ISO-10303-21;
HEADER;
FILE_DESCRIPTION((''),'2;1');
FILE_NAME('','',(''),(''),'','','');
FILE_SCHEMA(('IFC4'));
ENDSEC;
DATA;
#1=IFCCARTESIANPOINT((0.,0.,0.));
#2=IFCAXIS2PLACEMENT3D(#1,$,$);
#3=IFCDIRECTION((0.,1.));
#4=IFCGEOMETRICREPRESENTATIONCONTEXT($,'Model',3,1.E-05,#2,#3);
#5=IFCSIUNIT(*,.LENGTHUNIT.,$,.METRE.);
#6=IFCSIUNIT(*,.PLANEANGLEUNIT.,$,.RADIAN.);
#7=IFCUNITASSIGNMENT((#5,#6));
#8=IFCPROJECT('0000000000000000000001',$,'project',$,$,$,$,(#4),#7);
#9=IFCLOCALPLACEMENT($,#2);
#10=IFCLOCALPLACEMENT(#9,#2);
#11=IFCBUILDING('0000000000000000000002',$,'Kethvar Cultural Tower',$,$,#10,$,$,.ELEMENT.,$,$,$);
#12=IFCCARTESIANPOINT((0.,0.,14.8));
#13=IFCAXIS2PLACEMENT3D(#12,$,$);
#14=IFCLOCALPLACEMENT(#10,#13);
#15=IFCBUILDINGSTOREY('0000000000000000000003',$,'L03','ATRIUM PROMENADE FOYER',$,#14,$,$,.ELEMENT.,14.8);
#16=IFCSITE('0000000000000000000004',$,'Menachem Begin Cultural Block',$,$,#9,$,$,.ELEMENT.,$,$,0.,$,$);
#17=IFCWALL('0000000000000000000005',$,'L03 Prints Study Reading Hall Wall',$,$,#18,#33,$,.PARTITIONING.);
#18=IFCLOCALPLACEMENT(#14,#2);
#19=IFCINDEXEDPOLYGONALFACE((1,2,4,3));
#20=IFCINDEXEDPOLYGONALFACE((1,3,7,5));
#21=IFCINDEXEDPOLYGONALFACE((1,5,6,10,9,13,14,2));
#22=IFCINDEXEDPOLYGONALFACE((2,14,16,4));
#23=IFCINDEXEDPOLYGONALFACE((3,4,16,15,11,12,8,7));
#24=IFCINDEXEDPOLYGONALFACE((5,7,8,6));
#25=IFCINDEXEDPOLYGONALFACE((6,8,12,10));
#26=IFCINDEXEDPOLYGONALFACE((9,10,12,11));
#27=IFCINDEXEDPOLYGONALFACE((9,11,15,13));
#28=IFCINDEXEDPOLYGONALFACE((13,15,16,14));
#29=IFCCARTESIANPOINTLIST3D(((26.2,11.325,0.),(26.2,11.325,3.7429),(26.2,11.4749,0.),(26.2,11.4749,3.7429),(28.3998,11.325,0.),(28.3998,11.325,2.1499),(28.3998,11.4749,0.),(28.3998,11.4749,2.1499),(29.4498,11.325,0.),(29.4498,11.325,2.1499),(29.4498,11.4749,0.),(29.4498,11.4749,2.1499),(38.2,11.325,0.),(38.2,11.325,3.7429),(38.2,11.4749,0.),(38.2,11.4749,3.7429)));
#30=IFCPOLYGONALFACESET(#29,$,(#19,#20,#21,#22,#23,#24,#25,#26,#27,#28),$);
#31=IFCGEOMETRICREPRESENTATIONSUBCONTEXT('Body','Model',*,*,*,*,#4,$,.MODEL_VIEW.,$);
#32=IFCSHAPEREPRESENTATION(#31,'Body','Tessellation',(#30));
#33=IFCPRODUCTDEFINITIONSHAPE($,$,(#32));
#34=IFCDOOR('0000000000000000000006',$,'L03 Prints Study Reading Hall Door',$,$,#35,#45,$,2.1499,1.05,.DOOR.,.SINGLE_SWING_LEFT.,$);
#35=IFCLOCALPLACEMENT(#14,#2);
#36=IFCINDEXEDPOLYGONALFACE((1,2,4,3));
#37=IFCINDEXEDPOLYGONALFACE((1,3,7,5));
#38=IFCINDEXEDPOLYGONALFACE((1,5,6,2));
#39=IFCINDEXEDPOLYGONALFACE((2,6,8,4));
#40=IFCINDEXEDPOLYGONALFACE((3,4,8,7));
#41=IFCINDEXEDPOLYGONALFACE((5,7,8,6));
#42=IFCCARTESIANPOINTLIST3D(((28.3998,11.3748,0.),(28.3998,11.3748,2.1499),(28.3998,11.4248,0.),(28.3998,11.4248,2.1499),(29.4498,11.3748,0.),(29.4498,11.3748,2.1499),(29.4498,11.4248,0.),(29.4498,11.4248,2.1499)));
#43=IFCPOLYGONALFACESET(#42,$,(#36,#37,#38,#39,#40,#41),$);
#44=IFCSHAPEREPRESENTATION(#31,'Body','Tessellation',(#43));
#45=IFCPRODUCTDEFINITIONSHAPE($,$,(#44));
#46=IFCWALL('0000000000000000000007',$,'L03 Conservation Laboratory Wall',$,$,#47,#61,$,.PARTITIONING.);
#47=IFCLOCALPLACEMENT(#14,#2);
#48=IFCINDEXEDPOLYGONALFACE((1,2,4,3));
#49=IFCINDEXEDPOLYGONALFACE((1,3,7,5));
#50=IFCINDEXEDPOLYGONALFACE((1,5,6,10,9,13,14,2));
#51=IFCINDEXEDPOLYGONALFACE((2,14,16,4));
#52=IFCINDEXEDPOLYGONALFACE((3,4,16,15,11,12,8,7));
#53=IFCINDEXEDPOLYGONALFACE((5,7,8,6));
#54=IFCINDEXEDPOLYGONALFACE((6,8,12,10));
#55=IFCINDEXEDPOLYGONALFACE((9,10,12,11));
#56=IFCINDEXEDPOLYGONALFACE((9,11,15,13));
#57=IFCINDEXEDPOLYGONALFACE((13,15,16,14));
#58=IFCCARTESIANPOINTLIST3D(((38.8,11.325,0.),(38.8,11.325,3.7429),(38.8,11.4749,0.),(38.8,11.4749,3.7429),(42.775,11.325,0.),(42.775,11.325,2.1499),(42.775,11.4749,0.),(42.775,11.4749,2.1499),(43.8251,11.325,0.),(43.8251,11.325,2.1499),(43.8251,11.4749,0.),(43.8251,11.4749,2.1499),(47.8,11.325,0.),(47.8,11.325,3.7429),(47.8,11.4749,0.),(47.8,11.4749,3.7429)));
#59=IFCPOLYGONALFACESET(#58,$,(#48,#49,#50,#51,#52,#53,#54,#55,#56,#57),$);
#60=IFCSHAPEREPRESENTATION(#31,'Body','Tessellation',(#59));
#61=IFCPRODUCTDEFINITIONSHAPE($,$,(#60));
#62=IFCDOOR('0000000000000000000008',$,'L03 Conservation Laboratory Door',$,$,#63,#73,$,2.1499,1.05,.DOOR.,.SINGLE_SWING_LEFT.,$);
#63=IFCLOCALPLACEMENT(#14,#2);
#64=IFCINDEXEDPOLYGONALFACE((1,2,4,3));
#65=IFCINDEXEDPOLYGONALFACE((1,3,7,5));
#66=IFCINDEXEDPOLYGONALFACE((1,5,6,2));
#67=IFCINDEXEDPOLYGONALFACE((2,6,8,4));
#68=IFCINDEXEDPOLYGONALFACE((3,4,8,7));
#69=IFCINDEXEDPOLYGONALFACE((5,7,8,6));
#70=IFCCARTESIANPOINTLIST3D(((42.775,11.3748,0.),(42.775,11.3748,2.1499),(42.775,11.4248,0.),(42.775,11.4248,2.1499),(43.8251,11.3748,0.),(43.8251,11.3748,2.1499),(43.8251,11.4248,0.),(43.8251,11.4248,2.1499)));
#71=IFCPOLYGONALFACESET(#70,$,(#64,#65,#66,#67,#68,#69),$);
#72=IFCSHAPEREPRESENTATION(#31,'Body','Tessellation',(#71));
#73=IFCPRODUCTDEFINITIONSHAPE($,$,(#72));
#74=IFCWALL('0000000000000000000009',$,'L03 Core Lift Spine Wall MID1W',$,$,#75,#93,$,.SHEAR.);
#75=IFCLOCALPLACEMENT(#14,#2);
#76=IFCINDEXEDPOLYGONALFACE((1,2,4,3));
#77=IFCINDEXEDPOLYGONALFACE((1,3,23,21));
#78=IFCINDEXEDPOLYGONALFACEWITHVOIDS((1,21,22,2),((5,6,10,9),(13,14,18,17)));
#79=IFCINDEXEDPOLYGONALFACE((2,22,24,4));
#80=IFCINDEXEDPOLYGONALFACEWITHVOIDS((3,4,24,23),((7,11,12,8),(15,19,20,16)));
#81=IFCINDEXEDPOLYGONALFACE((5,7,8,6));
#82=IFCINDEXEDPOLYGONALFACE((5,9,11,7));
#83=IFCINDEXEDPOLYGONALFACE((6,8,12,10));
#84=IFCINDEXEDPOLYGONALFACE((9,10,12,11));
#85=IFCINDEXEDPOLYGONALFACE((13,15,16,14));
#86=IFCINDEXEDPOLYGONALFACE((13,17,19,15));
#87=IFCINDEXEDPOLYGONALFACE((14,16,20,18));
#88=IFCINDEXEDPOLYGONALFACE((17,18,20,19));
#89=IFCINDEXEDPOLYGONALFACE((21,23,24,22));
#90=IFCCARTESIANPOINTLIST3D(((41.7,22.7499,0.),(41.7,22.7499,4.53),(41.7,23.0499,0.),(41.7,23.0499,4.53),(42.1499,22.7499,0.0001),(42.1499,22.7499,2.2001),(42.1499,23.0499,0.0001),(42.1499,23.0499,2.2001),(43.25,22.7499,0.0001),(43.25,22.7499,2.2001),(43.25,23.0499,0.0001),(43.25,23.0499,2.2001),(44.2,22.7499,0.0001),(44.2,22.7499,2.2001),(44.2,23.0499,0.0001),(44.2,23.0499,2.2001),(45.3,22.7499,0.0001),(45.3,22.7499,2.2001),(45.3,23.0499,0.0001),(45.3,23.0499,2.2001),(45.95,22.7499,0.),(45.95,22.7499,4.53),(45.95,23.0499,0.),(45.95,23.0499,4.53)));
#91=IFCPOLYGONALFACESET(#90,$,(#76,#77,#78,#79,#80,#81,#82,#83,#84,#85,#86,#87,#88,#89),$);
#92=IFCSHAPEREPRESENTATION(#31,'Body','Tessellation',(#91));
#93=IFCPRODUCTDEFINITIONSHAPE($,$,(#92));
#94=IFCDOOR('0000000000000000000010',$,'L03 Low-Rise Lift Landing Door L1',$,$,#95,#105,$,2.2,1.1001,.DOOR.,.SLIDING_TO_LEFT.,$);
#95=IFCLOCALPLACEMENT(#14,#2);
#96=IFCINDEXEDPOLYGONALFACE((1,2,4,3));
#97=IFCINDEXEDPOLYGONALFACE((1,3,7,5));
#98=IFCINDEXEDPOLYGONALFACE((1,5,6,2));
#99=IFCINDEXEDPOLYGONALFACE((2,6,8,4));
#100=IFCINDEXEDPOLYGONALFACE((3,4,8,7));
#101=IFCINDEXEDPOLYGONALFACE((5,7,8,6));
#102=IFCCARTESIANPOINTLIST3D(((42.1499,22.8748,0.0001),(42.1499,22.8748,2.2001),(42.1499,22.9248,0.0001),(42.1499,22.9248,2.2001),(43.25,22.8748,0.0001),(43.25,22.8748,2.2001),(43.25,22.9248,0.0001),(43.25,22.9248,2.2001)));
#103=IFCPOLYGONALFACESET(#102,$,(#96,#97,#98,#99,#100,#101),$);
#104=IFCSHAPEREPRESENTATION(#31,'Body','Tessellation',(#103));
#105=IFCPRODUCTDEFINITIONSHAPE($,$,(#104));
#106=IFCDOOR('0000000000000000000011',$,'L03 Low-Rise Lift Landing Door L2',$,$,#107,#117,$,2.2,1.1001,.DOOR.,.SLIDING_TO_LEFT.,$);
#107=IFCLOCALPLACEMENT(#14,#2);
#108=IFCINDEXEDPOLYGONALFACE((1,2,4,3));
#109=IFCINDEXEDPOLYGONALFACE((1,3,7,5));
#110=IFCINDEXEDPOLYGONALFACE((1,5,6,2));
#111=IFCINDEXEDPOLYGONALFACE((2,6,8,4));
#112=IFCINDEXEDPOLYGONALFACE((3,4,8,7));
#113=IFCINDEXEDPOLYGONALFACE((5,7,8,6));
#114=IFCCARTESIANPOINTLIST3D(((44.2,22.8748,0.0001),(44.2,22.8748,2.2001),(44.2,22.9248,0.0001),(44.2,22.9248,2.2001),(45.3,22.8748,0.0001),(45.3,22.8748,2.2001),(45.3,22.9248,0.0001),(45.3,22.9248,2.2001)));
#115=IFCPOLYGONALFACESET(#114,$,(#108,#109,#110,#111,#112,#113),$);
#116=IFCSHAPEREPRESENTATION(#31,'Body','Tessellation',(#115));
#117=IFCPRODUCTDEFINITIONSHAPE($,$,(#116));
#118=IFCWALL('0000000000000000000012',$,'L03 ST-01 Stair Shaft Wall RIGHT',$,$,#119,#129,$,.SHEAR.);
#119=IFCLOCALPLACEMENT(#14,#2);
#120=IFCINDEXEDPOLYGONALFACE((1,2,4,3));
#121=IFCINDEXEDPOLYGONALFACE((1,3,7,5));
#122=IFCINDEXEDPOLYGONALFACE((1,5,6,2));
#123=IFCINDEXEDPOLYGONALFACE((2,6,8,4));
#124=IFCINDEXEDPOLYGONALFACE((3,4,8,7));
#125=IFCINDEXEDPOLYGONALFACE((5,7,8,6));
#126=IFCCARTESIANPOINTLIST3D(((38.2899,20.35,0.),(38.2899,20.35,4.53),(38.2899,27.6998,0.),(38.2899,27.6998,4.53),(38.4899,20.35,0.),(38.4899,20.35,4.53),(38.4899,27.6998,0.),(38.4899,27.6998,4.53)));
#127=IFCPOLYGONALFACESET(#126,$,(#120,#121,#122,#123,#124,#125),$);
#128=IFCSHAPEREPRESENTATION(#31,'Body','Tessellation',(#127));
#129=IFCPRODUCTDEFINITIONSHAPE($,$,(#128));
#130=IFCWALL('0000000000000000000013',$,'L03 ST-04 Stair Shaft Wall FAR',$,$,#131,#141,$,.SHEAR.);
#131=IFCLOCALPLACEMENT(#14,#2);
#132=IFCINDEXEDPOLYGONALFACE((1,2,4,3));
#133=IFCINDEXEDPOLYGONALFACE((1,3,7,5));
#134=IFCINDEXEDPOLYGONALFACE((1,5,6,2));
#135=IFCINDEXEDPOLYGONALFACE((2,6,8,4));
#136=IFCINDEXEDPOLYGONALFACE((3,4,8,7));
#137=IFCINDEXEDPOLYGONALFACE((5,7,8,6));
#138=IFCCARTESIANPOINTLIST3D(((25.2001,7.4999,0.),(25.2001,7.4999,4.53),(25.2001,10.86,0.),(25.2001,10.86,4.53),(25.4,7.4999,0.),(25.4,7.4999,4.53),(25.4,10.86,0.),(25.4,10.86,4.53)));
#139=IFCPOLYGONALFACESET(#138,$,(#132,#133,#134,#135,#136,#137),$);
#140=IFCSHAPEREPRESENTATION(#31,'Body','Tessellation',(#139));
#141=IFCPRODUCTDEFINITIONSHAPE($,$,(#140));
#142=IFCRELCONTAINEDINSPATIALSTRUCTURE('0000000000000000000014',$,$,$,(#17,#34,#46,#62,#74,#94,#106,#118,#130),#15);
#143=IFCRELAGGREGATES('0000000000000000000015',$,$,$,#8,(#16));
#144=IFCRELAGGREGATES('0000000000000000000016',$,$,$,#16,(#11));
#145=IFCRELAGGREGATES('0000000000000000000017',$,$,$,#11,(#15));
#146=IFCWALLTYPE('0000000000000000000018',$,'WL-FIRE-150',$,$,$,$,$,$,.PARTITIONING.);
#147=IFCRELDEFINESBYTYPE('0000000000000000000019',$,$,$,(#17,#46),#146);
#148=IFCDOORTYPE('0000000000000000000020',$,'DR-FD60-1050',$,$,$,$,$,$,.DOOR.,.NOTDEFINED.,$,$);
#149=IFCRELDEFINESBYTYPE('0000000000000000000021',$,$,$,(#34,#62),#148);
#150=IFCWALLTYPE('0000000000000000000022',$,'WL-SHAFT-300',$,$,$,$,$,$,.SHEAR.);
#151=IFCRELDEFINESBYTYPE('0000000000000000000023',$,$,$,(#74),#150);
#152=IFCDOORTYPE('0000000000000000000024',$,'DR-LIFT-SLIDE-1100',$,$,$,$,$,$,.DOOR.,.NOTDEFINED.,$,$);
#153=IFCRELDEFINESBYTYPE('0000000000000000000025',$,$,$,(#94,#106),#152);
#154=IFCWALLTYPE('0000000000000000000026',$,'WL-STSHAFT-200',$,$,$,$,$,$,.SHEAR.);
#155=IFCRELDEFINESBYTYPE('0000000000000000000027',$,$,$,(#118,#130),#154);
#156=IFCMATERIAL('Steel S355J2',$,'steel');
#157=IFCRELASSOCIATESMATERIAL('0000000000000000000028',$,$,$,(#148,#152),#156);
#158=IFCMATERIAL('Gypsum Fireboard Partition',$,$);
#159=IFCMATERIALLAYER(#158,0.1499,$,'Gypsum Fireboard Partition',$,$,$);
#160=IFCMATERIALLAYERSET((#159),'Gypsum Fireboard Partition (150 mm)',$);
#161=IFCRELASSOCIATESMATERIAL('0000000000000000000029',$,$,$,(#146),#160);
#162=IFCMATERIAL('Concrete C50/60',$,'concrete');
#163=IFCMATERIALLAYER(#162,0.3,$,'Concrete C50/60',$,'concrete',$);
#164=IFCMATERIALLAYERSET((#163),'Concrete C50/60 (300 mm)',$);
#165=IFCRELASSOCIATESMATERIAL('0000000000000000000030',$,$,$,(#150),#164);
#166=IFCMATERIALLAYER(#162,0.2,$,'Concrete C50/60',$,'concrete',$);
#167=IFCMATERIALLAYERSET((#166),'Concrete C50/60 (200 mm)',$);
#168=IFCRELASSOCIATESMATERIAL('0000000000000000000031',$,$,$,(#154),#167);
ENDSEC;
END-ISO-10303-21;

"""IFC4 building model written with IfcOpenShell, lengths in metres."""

from ifc_helpers import new_model, si_unit, direction, frame, frame_2d, origin, place, context, subcontext, project, spatial, rectangle, extrude, source, transform, mapped, material, layer, layer_set, type_object, element, fill, save


model = new_model("IFC4")

# Units and contexts
model_context = context("Model", 3, precision=1e-05, world=origin(), true_north=direction((0.0, 1.0)))
body_context = subcontext(model_context, "Body", "Model", "MODEL_VIEW")
ifc_project = project(units=[si_unit("LENGTHUNIT", "METRE"), si_unit("PLANEANGLEUNIT", "RADIAN")], contexts=[model_context])

# Site, building, storey
site_placement = place(None, origin())
site = spatial("IfcSite", under=ifc_project, at=site_placement, Name="Menachem Begin Cultural Block", CompositionType="ELEMENT", RefElevation=0.0)
building_placement = place(site_placement, origin())
building = spatial("IfcBuilding", under=site, at=building_placement, Name="Kethvar Cultural Tower", CompositionType="ELEMENT")
storey_placement = place(building_placement, frame((0.0, 0.0, 14.8)))
storey = spatial("IfcBuildingStorey", under=building, at=storey_placement, Name="L03", Description="ATRIUM PROMENADE FOYER", CompositionType="ELEMENT", Elevation=14.8)

# Shared definitions
ifc_material_1 = material(Name="Steel S355J2", Category="steel")

# Shared definitions
door_type_1 = type_object("IfcDoorType", Name="DR-FD60-1050", OperationType="NOTDEFINED", PredefinedType="DOOR", material=ifc_material_1)
shared_shape_1 = source(origin(), body_context, "Body", "SweptSolid", [
    extrude(rectangle(XDim=1.05, YDim=2.1499, at=frame_2d((0.5249, 1.075))), frame((0.0, 0.0249, 0.0), z_axis=(0.0, -1.0, 0.0), x_axis=(1.0, 0.0, 0.0)), (0.0, 0.0, 1.0), 0.05),
])

# Walls, openings, doors
ifc_material_2 = material(Name="Gypsum Fireboard Partition")
ifc_layer_1 = layer(ifc_material_2, 0.1499, Name="Gypsum Fireboard Partition")
ifc_layer_set_1 = layer_set([ifc_layer_1], Name="Gypsum Fireboard Partition (150 mm)")
wall_type_1 = type_object("IfcWallType", Name="WL-FIRE-150", PredefinedType="PARTITIONING", material=ifc_layer_set_1)
wall_1_placement = place(storey_placement, frame((26.2, 11.3999, 0.0), z_axis=(0.0, 0.0, 1.0), x_axis=(1.0, 0.0, 0.0)))
wall_1 = element("IfcWall", 1, at=wall_1_placement, inside=storey, type_object=wall_type_1, Name="L03 Prints Study Reading Hall Wall", PredefinedType="PARTITIONING", context=body_context, shape_type="SweptSolid", body=[
    extrude(rectangle(XDim=12.0, YDim=0.1499, at=frame_2d((6.0, 0.0))), origin(), (0.0, 0.0, 1.0), 3.7429),
])
opening_1_placement = place(wall_1_placement, frame((2.2, 0.0, 0.0)))
opening_1 = element("IfcOpeningElement", 2, at=opening_1_placement, cuts=wall_1, PredefinedType="OPENING", context=body_context, shape_type="SweptSolid", body=[
    extrude(rectangle(XDim=1.05, YDim=2.1499, at=frame_2d((0.5249, 1.075))), frame((0.0, 0.085, 0.0), z_axis=(0.0, -1.0, 0.0), x_axis=(1.0, 0.0, 0.0)), (0.0, 0.0, 1.0), 0.1699),
])
door_1_placement = place(opening_1_placement, origin())
door_1 = element("IfcDoor", 3, at=door_1_placement, inside=storey, type_object=door_type_1, Name="L03 Prints Study Reading Hall Door", OperationType="SINGLE_SWING_LEFT", OverallHeight=2.1499, OverallWidth=1.05, PredefinedType="DOOR", context=body_context, shape_type="MappedRepresentation", body=[
    mapped(shared_shape_1, transform((0.0, 0.0, 0.0), scale=1.0)),
])
fill(opening_1, door_1)
wall_2_placement = place(storey_placement, frame((38.8, 11.3999, 0.0), z_axis=(0.0, 0.0, 1.0), x_axis=(1.0, 0.0, 0.0)))
wall_2 = element("IfcWall", 4, at=wall_2_placement, inside=storey, type_object=wall_type_1, Name="L03 Conservation Laboratory Wall", PredefinedType="PARTITIONING", context=body_context, shape_type="SweptSolid", body=[
    extrude(rectangle(XDim=9.0, YDim=0.1499, at=frame_2d((4.5, 0.0))), origin(), (0.0, 0.0, 1.0), 3.7429),
])
opening_2_placement = place(wall_2_placement, frame((3.9751, 0.0, 0.0)))
opening_2 = element("IfcOpeningElement", 5, at=opening_2_placement, cuts=wall_2, PredefinedType="OPENING", context=body_context, shape_type="SweptSolid", body=[
    extrude(rectangle(XDim=1.05, YDim=2.1499, at=frame_2d((0.5249, 1.075))), frame((0.0, 0.085, 0.0), z_axis=(0.0, -1.0, 0.0), x_axis=(1.0, 0.0, 0.0)), (0.0, 0.0, 1.0), 0.1699),
])
door_2_placement = place(opening_2_placement, origin())
door_2 = element("IfcDoor", 6, at=door_2_placement, inside=storey, type_object=door_type_1, Name="L03 Conservation Laboratory Door", OperationType="SINGLE_SWING_LEFT", OverallHeight=2.1499, OverallWidth=1.05, PredefinedType="DOOR", context=body_context, shape_type="MappedRepresentation", body=[
    mapped(shared_shape_1, transform((0.0, 0.0, 0.0), scale=1.0)),
])
fill(opening_2, door_2)

# Wall, openings, doors
ifc_material_3 = material(Name="Concrete C50/60", Category="concrete")
ifc_layer_2 = layer(ifc_material_3, 0.3, Name="Concrete C50/60", Category="concrete")
ifc_layer_set_2 = layer_set([ifc_layer_2], Name="Concrete C50/60 (300 mm)")
wall_type_2 = type_object("IfcWallType", Name="WL-SHAFT-300", PredefinedType="SHEAR", material=ifc_layer_set_2)
wall_3_placement = place(storey_placement, frame((41.7, 22.8999, 0.0), z_axis=(0.0, 0.0, 1.0), x_axis=(1.0, 0.0, 0.0)))
wall_3 = element("IfcWall", 7, at=wall_3_placement, inside=storey, type_object=wall_type_2, Name="L03 Core Lift Spine Wall MID1W", PredefinedType="SHEAR", context=body_context, shape_type="SweptSolid", body=[
    extrude(rectangle(XDim=4.25, YDim=0.3, at=frame_2d((2.125, 0.0))), origin(), (0.0, 0.0, 1.0), 4.53),
])
opening_3_placement = place(wall_3_placement, frame((0.45, 0.0, 0.0)))
opening_3 = element("IfcOpeningElement", 8, at=opening_3_placement, cuts=wall_3, PredefinedType="OPENING", context=body_context, shape_type="SweptSolid", body=[
    extrude(rectangle(XDim=1.1001, YDim=2.2, at=frame_2d((0.55, 1.1001))), frame((0.0, 0.1599, 0.0), z_axis=(0.0, -1.0, 0.0), x_axis=(1.0, 0.0, 0.0)), (0.0, 0.0, 1.0), 0.3201),
])
opening_4_placement = place(wall_3_placement, frame((2.5, 0.0, 0.0)))
opening_4 = element("IfcOpeningElement", 9, at=opening_4_placement, cuts=wall_3, PredefinedType="OPENING", context=body_context, shape_type="SweptSolid", body=[
    extrude(rectangle(XDim=1.1001, YDim=2.2, at=frame_2d((0.55, 1.1001))), frame((0.0, 0.1599, 0.0), z_axis=(0.0, -1.0, 0.0), x_axis=(1.0, 0.0, 0.0)), (0.0, 0.0, 1.0), 0.3201),
])
door_type_2 = type_object("IfcDoorType", Name="DR-LIFT-SLIDE-1100", OperationType="NOTDEFINED", PredefinedType="DOOR", material=ifc_material_1)
shared_shape_2 = source(origin(), body_context, "Body", "SweptSolid", [
    extrude(rectangle(XDim=1.1001, YDim=2.2, at=frame_2d((0.55, 1.1001))), frame((0.0, 0.0249, 0.0), z_axis=(0.0, -1.0, 0.0), x_axis=(1.0, 0.0, 0.0)), (0.0, 0.0, 1.0), 0.05),
])
door_3_placement = place(opening_3_placement, origin())
door_3 = element("IfcDoor", 10, at=door_3_placement, inside=storey, type_object=door_type_2, Name="L03 Low-Rise Lift Landing Door L1", OperationType="SLIDING_TO_LEFT", OverallHeight=2.2, OverallWidth=1.1001, PredefinedType="DOOR", context=body_context, shape_type="MappedRepresentation", body=[
    mapped(shared_shape_2, transform((0.0, 0.0, 0.0), scale=1.0)),
])
fill(opening_3, door_3)
door_4_placement = place(opening_4_placement, origin())
door_4 = element("IfcDoor", 11, at=door_4_placement, inside=storey, type_object=door_type_2, Name="L03 Low-Rise Lift Landing Door L2", OperationType="SLIDING_TO_LEFT", OverallHeight=2.2, OverallWidth=1.1001, PredefinedType="DOOR", context=body_context, shape_type="MappedRepresentation", body=[
    mapped(shared_shape_2, transform((0.0, 0.0, 0.0), scale=1.0)),
])
fill(opening_4, door_4)

# Walls
ifc_layer_3 = layer(ifc_material_3, 0.2, Name="Concrete C50/60", Category="concrete")
ifc_layer_set_3 = layer_set([ifc_layer_3], Name="Concrete C50/60 (200 mm)")
wall_type_3 = type_object("IfcWallType", Name="WL-STSHAFT-200", PredefinedType="SHEAR", material=ifc_layer_set_3)
wall_4_placement = place(storey_placement, frame((38.3899, 20.3501, 0.0), z_axis=(0.0, 0.0, 1.0), x_axis=(0.0, 1.0, 0.0)))
element("IfcWall", 12, at=wall_4_placement, inside=storey, type_object=wall_type_3, Name="L03 ST-01 Stair Shaft Wall RIGHT", PredefinedType="SHEAR", context=body_context, shape_type="SweptSolid", body=[
    extrude(rectangle(XDim=7.3499, YDim=0.2, at=frame_2d((3.6748, 0.0))), origin(), (0.0, 0.0, 1.0), 4.53),
])
wall_5_placement = place(storey_placement, frame((25.3, 10.8601, 0.0), z_axis=(0.0, 0.0, 1.0), x_axis=(0.0, -1.0, 0.0)))
element("IfcWall", 13, at=wall_5_placement, inside=storey, type_object=wall_type_3, Name="L03 ST-04 Stair Shaft Wall FAR", PredefinedType="SHEAR", context=body_context, shape_type="SweptSolid", body=[
    extrude(rectangle(XDim=3.3601, YDim=0.2, at=frame_2d((1.6802, 0.0))), origin(), (0.0, 0.0, 1.0), 4.53),
])

save(model, "model.ifc")
